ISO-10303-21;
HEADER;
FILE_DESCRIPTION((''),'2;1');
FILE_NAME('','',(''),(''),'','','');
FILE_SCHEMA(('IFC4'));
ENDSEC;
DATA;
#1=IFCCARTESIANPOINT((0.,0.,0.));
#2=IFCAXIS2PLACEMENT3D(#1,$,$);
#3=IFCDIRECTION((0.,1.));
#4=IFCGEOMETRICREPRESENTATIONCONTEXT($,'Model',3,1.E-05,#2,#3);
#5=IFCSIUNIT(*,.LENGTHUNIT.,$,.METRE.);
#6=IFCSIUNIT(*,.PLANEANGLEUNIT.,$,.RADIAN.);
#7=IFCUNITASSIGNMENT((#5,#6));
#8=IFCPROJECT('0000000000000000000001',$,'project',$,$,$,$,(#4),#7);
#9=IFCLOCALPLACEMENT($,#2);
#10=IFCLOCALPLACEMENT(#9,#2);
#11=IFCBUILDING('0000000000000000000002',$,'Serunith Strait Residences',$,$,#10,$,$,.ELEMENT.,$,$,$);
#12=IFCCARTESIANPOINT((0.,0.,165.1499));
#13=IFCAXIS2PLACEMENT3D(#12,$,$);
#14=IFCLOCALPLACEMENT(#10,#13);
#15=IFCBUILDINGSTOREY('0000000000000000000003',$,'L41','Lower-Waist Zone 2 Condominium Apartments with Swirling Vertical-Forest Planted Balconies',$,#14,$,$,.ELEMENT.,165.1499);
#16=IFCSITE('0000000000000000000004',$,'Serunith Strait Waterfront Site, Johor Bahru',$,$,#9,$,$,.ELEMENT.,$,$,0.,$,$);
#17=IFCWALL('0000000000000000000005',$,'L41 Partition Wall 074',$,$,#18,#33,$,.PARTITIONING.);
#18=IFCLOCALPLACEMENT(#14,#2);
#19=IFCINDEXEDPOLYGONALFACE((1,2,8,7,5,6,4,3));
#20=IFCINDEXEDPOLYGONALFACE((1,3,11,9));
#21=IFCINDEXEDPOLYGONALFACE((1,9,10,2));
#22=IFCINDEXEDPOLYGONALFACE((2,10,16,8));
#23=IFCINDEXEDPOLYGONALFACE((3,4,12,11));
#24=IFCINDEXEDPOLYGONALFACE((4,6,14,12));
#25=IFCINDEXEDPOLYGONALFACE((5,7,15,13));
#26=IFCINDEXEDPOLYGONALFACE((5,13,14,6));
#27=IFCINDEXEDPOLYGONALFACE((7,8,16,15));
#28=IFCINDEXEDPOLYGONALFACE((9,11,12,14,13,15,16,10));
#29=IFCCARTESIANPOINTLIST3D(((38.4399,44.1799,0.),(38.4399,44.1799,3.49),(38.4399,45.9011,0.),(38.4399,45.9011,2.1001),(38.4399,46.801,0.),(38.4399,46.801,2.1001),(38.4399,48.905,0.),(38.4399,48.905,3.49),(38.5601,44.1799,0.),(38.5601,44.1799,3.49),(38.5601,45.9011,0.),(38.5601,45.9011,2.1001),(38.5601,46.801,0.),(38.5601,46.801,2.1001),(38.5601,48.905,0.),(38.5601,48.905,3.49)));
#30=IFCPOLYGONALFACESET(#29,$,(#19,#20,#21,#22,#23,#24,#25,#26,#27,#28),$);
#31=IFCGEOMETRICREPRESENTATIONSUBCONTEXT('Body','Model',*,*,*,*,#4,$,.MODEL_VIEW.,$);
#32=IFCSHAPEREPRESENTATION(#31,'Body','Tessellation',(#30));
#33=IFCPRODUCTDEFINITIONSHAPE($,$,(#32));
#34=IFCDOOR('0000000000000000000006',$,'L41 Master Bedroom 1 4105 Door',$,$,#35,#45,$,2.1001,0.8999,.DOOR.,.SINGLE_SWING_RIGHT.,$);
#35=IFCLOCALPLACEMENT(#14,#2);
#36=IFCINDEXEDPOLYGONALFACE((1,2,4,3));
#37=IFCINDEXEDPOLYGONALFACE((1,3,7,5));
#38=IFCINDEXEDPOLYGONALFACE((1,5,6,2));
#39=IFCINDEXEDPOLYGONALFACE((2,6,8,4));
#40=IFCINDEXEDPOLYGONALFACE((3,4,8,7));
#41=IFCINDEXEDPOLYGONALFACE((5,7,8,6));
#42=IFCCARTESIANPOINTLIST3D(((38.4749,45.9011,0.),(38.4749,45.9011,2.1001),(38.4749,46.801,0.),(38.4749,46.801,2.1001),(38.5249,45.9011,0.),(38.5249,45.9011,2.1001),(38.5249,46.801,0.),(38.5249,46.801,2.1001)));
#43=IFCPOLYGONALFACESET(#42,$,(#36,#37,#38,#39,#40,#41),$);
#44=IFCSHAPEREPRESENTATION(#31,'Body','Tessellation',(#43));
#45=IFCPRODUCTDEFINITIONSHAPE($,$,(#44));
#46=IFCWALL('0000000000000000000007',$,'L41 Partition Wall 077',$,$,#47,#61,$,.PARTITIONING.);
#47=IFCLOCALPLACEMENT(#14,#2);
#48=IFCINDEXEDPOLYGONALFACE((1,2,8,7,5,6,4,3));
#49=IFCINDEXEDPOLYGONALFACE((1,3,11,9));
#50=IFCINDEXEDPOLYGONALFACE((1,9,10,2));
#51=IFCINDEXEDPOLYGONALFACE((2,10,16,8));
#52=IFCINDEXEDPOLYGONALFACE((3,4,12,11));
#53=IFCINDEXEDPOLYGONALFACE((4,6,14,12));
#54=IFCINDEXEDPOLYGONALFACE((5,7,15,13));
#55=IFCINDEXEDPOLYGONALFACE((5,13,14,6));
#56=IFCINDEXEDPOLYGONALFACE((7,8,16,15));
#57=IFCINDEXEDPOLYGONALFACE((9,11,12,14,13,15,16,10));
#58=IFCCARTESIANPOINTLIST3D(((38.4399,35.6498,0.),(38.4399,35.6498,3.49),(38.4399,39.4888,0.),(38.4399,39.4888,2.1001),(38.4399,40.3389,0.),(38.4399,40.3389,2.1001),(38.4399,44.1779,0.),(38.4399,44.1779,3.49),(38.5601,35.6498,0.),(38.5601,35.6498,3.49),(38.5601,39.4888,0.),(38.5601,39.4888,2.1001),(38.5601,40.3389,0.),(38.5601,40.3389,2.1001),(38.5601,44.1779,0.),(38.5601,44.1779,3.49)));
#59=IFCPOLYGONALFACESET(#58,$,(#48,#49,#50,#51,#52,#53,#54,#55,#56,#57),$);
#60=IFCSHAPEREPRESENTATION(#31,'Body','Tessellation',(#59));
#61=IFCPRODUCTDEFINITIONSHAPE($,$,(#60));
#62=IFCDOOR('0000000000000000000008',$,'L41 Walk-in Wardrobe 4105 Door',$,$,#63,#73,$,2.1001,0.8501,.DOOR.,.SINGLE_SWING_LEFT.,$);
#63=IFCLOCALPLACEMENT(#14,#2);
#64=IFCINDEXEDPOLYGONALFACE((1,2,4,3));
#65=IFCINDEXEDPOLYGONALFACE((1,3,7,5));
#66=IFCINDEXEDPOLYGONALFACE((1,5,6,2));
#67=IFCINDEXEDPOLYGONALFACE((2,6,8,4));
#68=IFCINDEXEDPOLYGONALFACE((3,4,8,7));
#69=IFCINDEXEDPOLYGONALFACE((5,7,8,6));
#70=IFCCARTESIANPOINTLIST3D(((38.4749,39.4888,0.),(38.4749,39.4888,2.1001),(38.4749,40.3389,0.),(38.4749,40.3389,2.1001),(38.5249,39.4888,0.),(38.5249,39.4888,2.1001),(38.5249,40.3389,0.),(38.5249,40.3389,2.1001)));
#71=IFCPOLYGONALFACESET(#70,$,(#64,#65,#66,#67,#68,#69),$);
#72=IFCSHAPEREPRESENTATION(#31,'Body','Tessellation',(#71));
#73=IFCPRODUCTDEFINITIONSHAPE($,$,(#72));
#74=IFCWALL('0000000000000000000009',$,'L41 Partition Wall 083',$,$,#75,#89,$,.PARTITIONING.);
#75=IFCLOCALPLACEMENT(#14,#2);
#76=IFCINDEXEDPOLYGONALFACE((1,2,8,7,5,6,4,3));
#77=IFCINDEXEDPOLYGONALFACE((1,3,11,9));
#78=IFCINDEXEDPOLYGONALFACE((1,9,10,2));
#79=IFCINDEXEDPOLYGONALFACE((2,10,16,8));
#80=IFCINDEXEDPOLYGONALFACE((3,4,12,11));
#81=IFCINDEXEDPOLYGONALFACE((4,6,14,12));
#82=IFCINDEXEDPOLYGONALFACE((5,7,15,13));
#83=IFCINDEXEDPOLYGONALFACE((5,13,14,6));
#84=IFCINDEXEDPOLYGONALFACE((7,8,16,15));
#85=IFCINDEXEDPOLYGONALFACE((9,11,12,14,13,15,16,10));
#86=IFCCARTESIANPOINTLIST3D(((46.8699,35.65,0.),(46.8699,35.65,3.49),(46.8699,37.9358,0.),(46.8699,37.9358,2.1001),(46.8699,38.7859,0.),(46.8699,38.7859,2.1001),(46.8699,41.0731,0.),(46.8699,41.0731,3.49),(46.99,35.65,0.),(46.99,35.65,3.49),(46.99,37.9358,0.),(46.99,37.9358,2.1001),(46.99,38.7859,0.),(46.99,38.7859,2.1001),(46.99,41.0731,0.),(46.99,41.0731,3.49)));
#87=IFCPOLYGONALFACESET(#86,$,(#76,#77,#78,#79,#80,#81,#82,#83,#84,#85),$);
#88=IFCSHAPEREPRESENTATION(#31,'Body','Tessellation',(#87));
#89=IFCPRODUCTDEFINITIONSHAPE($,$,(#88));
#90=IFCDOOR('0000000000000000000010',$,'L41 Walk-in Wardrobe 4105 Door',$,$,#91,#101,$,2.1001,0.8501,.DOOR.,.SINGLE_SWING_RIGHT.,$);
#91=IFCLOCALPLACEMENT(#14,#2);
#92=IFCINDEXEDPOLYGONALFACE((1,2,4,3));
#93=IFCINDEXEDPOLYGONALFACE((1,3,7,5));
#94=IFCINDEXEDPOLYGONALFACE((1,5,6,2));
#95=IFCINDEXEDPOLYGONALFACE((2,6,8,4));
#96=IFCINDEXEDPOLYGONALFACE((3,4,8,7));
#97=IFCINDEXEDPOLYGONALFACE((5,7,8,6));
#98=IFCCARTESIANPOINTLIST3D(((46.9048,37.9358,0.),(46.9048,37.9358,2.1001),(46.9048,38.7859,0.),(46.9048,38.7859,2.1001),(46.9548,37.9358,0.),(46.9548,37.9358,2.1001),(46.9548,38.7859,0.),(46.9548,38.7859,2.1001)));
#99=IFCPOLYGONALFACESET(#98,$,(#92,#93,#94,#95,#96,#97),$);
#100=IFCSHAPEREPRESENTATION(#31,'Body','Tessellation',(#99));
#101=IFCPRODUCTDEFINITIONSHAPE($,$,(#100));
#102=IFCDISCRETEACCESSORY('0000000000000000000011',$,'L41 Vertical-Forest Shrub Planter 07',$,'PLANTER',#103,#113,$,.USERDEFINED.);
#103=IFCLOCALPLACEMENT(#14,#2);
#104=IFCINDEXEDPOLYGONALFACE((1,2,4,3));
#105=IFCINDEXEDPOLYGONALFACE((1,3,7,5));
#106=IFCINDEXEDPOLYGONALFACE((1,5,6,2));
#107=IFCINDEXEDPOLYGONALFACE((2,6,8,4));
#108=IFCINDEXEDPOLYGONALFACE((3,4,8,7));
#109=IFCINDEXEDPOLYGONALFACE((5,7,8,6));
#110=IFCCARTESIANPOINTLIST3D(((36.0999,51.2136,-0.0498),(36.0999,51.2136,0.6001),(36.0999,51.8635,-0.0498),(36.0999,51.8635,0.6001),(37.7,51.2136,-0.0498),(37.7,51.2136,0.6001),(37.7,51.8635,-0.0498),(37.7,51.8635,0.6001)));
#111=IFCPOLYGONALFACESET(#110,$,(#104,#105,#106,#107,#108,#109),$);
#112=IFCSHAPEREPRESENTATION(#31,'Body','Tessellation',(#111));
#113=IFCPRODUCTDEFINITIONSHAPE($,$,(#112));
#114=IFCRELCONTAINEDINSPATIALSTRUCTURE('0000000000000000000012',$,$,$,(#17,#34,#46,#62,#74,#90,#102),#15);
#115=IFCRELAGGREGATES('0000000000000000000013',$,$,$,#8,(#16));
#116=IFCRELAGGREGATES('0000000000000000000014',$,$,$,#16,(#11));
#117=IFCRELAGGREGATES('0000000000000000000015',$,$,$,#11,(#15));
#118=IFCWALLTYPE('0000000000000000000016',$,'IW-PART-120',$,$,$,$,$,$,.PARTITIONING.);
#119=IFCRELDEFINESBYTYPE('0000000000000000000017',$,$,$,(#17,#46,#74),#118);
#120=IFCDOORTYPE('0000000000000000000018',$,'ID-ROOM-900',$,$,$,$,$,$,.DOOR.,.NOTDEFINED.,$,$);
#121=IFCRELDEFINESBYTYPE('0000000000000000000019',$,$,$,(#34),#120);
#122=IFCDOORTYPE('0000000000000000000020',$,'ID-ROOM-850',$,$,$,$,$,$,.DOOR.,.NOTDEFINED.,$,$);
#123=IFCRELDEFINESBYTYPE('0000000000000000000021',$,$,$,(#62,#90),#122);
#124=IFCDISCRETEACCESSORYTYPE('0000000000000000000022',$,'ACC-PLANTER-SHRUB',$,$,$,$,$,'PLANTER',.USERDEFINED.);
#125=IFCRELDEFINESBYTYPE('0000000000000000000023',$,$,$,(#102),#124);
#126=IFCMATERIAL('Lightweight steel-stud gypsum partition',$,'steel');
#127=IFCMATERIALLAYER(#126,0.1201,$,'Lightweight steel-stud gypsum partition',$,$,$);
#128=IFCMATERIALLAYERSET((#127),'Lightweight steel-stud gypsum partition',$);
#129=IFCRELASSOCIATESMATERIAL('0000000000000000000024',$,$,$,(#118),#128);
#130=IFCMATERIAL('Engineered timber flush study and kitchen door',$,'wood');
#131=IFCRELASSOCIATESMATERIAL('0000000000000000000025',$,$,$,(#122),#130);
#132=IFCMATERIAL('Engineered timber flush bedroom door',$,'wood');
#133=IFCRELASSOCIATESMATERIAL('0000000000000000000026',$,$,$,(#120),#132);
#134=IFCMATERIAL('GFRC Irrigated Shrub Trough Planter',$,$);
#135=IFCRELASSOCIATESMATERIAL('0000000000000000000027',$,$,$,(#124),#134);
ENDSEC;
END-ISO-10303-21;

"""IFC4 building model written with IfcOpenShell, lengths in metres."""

from ifc_helpers import new_model, si_unit, direction, frame, frame_2d, origin, origin_2d, place, context, subcontext, project, spatial, rectangle, extrude, source, transform, mapped, material, layer, layer_set, type_object, element, fill, save


model = new_model("IFC4")

# Units and contexts
model_context = context("Model", 3, precision=1e-05, world=origin(), true_north=direction((0.0, 1.0)))
body_context = subcontext(model_context, "Body", "Model", "MODEL_VIEW")
ifc_project = project(units=[si_unit("LENGTHUNIT", "METRE"), si_unit("PLANEANGLEUNIT", "RADIAN")], contexts=[model_context])

# Site, building, storey
site_placement = place(None, origin())
site = spatial("IfcSite", under=ifc_project, at=site_placement, Name="Serunith Strait Waterfront Site, Johor Bahru", CompositionType="ELEMENT", RefElevation=0.0)
building_placement = place(site_placement, origin())
building = spatial("IfcBuilding", under=site, at=building_placement, Name="Serunith Strait Residences", CompositionType="ELEMENT")
storey_placement = place(building_placement, frame((0.0, 0.0, 165.1499)))
storey = spatial("IfcBuildingStorey", under=building, at=storey_placement, Name="L41", Description="Lower-Waist Zone 2 Condominium Apartments with Swirling Vertical-Forest Planted Balconies", CompositionType="ELEMENT", Elevation=165.1499)

# Shared definitions
ifc_material_1 = material(Name="Lightweight steel-stud gypsum partition", Category="steel")
ifc_layer_1 = layer(ifc_material_1, 0.1201, Name="Lightweight steel-stud gypsum partition")
ifc_layer_set_1 = layer_set([ifc_layer_1], Name="Lightweight steel-stud gypsum partition")
wall_type_1 = type_object("IfcWallType", Name="IW-PART-120", PredefinedType="PARTITIONING", material=ifc_layer_set_1)
ifc_material_2 = material(Name="Engineered timber flush study and kitchen door", Category="wood")
door_type_1 = type_object("IfcDoorType", Name="ID-ROOM-850", OperationType="NOTDEFINED", PredefinedType="DOOR", material=ifc_material_2)
shared_shape_1 = source(origin(), body_context, "Body", "SweptSolid", [
    extrude(rectangle(XDim=0.8501, YDim=2.1001, at=frame_2d((0.425, 1.05))), frame((0.0, 0.0249, 0.0), z_axis=(0.0, -1.0, 0.0), x_axis=(1.0, 0.0, 0.0)), (0.0, 0.0, 1.0), 0.05),
])

# Walls, openings, doors
wall_1_placement = place(storey_placement, frame((38.5, 48.905, 0.0), z_axis=(0.0, 0.0, 1.0), x_axis=(0.0, -1.0, 0.0)))
wall_1 = element("IfcWall", 1, at=wall_1_placement, inside=storey, type_object=wall_type_1, Name="L41 Partition Wall 074", PredefinedType="PARTITIONING", context=body_context, shape_type="SweptSolid", body=[
    extrude(rectangle(XDim=4.7251, YDim=0.1201, at=frame_2d((2.3625, 0.0))), origin(), (0.0, 0.0, 1.0), 3.49),
])
opening_1_placement = place(wall_1_placement, frame((2.104, 0.0, 0.0)))
opening_1 = element("IfcOpeningElement", 2, at=opening_1_placement, cuts=wall_1, PredefinedType="OPENING", context=body_context, shape_type="SweptSolid", body=[
    extrude(rectangle(XDim=0.8999, YDim=2.1001, at=frame_2d((0.45, 1.05))), frame((0.0, 0.0701, 0.0), z_axis=(0.0, -1.0, 0.0), x_axis=(1.0, 0.0, 0.0)), (0.0, 0.0, 1.0), 0.1401),
])
ifc_material_3 = material(Name="Engineered timber flush bedroom door", Category="wood")
door_type_2 = type_object("IfcDoorType", Name="ID-ROOM-900", OperationType="NOTDEFINED", PredefinedType="DOOR", material=ifc_material_3)
shared_shape_2 = source(origin(), body_context, "Body", "SweptSolid", [
    extrude(rectangle(XDim=0.8999, YDim=2.1001, at=frame_2d((0.45, 1.05))), frame((0.0, 0.0249, 0.0), z_axis=(0.0, -1.0, 0.0), x_axis=(1.0, 0.0, 0.0)), (0.0, 0.0, 1.0), 0.05),
])
door_1_placement = place(opening_1_placement, origin())
door_1 = element("IfcDoor", 3, at=door_1_placement, inside=storey, type_object=door_type_2, Name="L41 Master Bedroom 1 4105 Door", OperationType="SINGLE_SWING_RIGHT", OverallHeight=2.1001, OverallWidth=0.8999, PredefinedType="DOOR", context=body_context, shape_type="MappedRepresentation", body=[
    mapped(shared_shape_2, transform((0.0, 0.0, 0.0), scale=1.0)),
])
fill(opening_1, door_1)
wall_2_placement = place(storey_placement, frame((38.5, 44.178, 0.0), z_axis=(0.0, 0.0, 1.0), x_axis=(0.0, -1.0, 0.0)))
wall_2 = element("IfcWall", 4, at=wall_2_placement, inside=storey, type_object=wall_type_1, Name="L41 Partition Wall 077", PredefinedType="PARTITIONING", context=body_context, shape_type="SweptSolid", body=[
    extrude(rectangle(XDim=8.5281, YDim=0.1201, at=frame_2d((4.2642, 0.0))), origin(), (0.0, 0.0, 1.0), 3.49),
])
opening_2_placement = place(wall_2_placement, frame((3.8391, 0.0, 0.0)))
opening_2 = element("IfcOpeningElement", 5, at=opening_2_placement, cuts=wall_2, PredefinedType="OPENING", context=body_context, shape_type="SweptSolid", body=[
    extrude(rectangle(XDim=0.8501, YDim=2.1001, at=frame_2d((0.425, 1.05))), frame((0.0, 0.0701, 0.0), z_axis=(0.0, -1.0, 0.0), x_axis=(1.0, 0.0, 0.0)), (0.0, 0.0, 1.0), 0.1401),
])
door_2_placement = place(opening_2_placement, origin())
door_2 = element("IfcDoor", 6, at=door_2_placement, inside=storey, type_object=door_type_1, Name="L41 Walk-in Wardrobe 4105 Door", OperationType="SINGLE_SWING_LEFT", OverallHeight=2.1001, OverallWidth=0.8501, PredefinedType="DOOR", context=body_context, shape_type="MappedRepresentation", body=[
    mapped(shared_shape_1, transform((0.0, 0.0, 0.0), scale=1.0)),
])
fill(opening_2, door_2)
wall_3_placement = place(storey_placement, frame((46.9299, 41.073, 0.0), z_axis=(0.0, 0.0, 1.0), x_axis=(0.0, -1.0, 0.0)))
wall_3 = element("IfcWall", 7, at=wall_3_placement, inside=storey, type_object=wall_type_1, Name="L41 Partition Wall 083", PredefinedType="PARTITIONING", context=body_context, shape_type="SweptSolid", body=[
    extrude(rectangle(XDim=5.4231, YDim=0.1201, at=frame_2d((2.7114, 0.0))), origin(), (0.0, 0.0, 1.0), 3.49),
])
opening_3_placement = place(wall_3_placement, frame((2.2871, 0.0, 0.0)))
opening_3 = element("IfcOpeningElement", 8, at=opening_3_placement, cuts=wall_3, PredefinedType="OPENING", context=body_context, shape_type="SweptSolid", body=[
    extrude(rectangle(XDim=0.8501, YDim=2.1001, at=frame_2d((0.425, 1.05))), frame((0.0, 0.0701, 0.0), z_axis=(0.0, -1.0, 0.0), x_axis=(1.0, 0.0, 0.0)), (0.0, 0.0, 1.0), 0.1401),
])
door_3_placement = place(opening_3_placement, origin())
door_3 = element("IfcDoor", 9, at=door_3_placement, inside=storey, type_object=door_type_1, Name="L41 Walk-in Wardrobe 4105 Door", OperationType="SINGLE_SWING_RIGHT", OverallHeight=2.1001, OverallWidth=0.8501, PredefinedType="DOOR", context=body_context, shape_type="MappedRepresentation", body=[
    mapped(shared_shape_1, transform((0.0, 0.0, 0.0), scale=1.0)),
])
fill(opening_3, door_3)

# Discrete accessory
ifc_material_4 = material(Name="GFRC Irrigated Shrub Trough Planter")
discrete_accessory_type = type_object("IfcDiscreteAccessoryType", Name="ACC-PLANTER-SHRUB", ElementType="PLANTER", PredefinedType="USERDEFINED", material=ifc_material_4)
shared_shape_3 = source(origin(), body_context, "Body", "SweptSolid", [
    extrude(rectangle(XDim=1.6001, YDim=0.6499, at=origin_2d()), origin(), (0.0, 0.0, 1.0), 0.6499),
])
discrete_accessory_placement = place(storey_placement, frame((36.8999, 51.5386, -0.0498), z_axis=(0.0, 0.0, 1.0), x_axis=(-1.0, 0.0, 0.0)))
element("IfcDiscreteAccessory", 10, at=discrete_accessory_placement, inside=storey, type_object=discrete_accessory_type, Name="L41 Vertical-Forest Shrub Planter 07", ObjectType="PLANTER", PredefinedType="USERDEFINED", context=body_context, shape_type="MappedRepresentation", body=[
    mapped(shared_shape_3, transform((0.0, 0.0, 0.0), scale=1.0)),
])

save(model, "model.ifc")
